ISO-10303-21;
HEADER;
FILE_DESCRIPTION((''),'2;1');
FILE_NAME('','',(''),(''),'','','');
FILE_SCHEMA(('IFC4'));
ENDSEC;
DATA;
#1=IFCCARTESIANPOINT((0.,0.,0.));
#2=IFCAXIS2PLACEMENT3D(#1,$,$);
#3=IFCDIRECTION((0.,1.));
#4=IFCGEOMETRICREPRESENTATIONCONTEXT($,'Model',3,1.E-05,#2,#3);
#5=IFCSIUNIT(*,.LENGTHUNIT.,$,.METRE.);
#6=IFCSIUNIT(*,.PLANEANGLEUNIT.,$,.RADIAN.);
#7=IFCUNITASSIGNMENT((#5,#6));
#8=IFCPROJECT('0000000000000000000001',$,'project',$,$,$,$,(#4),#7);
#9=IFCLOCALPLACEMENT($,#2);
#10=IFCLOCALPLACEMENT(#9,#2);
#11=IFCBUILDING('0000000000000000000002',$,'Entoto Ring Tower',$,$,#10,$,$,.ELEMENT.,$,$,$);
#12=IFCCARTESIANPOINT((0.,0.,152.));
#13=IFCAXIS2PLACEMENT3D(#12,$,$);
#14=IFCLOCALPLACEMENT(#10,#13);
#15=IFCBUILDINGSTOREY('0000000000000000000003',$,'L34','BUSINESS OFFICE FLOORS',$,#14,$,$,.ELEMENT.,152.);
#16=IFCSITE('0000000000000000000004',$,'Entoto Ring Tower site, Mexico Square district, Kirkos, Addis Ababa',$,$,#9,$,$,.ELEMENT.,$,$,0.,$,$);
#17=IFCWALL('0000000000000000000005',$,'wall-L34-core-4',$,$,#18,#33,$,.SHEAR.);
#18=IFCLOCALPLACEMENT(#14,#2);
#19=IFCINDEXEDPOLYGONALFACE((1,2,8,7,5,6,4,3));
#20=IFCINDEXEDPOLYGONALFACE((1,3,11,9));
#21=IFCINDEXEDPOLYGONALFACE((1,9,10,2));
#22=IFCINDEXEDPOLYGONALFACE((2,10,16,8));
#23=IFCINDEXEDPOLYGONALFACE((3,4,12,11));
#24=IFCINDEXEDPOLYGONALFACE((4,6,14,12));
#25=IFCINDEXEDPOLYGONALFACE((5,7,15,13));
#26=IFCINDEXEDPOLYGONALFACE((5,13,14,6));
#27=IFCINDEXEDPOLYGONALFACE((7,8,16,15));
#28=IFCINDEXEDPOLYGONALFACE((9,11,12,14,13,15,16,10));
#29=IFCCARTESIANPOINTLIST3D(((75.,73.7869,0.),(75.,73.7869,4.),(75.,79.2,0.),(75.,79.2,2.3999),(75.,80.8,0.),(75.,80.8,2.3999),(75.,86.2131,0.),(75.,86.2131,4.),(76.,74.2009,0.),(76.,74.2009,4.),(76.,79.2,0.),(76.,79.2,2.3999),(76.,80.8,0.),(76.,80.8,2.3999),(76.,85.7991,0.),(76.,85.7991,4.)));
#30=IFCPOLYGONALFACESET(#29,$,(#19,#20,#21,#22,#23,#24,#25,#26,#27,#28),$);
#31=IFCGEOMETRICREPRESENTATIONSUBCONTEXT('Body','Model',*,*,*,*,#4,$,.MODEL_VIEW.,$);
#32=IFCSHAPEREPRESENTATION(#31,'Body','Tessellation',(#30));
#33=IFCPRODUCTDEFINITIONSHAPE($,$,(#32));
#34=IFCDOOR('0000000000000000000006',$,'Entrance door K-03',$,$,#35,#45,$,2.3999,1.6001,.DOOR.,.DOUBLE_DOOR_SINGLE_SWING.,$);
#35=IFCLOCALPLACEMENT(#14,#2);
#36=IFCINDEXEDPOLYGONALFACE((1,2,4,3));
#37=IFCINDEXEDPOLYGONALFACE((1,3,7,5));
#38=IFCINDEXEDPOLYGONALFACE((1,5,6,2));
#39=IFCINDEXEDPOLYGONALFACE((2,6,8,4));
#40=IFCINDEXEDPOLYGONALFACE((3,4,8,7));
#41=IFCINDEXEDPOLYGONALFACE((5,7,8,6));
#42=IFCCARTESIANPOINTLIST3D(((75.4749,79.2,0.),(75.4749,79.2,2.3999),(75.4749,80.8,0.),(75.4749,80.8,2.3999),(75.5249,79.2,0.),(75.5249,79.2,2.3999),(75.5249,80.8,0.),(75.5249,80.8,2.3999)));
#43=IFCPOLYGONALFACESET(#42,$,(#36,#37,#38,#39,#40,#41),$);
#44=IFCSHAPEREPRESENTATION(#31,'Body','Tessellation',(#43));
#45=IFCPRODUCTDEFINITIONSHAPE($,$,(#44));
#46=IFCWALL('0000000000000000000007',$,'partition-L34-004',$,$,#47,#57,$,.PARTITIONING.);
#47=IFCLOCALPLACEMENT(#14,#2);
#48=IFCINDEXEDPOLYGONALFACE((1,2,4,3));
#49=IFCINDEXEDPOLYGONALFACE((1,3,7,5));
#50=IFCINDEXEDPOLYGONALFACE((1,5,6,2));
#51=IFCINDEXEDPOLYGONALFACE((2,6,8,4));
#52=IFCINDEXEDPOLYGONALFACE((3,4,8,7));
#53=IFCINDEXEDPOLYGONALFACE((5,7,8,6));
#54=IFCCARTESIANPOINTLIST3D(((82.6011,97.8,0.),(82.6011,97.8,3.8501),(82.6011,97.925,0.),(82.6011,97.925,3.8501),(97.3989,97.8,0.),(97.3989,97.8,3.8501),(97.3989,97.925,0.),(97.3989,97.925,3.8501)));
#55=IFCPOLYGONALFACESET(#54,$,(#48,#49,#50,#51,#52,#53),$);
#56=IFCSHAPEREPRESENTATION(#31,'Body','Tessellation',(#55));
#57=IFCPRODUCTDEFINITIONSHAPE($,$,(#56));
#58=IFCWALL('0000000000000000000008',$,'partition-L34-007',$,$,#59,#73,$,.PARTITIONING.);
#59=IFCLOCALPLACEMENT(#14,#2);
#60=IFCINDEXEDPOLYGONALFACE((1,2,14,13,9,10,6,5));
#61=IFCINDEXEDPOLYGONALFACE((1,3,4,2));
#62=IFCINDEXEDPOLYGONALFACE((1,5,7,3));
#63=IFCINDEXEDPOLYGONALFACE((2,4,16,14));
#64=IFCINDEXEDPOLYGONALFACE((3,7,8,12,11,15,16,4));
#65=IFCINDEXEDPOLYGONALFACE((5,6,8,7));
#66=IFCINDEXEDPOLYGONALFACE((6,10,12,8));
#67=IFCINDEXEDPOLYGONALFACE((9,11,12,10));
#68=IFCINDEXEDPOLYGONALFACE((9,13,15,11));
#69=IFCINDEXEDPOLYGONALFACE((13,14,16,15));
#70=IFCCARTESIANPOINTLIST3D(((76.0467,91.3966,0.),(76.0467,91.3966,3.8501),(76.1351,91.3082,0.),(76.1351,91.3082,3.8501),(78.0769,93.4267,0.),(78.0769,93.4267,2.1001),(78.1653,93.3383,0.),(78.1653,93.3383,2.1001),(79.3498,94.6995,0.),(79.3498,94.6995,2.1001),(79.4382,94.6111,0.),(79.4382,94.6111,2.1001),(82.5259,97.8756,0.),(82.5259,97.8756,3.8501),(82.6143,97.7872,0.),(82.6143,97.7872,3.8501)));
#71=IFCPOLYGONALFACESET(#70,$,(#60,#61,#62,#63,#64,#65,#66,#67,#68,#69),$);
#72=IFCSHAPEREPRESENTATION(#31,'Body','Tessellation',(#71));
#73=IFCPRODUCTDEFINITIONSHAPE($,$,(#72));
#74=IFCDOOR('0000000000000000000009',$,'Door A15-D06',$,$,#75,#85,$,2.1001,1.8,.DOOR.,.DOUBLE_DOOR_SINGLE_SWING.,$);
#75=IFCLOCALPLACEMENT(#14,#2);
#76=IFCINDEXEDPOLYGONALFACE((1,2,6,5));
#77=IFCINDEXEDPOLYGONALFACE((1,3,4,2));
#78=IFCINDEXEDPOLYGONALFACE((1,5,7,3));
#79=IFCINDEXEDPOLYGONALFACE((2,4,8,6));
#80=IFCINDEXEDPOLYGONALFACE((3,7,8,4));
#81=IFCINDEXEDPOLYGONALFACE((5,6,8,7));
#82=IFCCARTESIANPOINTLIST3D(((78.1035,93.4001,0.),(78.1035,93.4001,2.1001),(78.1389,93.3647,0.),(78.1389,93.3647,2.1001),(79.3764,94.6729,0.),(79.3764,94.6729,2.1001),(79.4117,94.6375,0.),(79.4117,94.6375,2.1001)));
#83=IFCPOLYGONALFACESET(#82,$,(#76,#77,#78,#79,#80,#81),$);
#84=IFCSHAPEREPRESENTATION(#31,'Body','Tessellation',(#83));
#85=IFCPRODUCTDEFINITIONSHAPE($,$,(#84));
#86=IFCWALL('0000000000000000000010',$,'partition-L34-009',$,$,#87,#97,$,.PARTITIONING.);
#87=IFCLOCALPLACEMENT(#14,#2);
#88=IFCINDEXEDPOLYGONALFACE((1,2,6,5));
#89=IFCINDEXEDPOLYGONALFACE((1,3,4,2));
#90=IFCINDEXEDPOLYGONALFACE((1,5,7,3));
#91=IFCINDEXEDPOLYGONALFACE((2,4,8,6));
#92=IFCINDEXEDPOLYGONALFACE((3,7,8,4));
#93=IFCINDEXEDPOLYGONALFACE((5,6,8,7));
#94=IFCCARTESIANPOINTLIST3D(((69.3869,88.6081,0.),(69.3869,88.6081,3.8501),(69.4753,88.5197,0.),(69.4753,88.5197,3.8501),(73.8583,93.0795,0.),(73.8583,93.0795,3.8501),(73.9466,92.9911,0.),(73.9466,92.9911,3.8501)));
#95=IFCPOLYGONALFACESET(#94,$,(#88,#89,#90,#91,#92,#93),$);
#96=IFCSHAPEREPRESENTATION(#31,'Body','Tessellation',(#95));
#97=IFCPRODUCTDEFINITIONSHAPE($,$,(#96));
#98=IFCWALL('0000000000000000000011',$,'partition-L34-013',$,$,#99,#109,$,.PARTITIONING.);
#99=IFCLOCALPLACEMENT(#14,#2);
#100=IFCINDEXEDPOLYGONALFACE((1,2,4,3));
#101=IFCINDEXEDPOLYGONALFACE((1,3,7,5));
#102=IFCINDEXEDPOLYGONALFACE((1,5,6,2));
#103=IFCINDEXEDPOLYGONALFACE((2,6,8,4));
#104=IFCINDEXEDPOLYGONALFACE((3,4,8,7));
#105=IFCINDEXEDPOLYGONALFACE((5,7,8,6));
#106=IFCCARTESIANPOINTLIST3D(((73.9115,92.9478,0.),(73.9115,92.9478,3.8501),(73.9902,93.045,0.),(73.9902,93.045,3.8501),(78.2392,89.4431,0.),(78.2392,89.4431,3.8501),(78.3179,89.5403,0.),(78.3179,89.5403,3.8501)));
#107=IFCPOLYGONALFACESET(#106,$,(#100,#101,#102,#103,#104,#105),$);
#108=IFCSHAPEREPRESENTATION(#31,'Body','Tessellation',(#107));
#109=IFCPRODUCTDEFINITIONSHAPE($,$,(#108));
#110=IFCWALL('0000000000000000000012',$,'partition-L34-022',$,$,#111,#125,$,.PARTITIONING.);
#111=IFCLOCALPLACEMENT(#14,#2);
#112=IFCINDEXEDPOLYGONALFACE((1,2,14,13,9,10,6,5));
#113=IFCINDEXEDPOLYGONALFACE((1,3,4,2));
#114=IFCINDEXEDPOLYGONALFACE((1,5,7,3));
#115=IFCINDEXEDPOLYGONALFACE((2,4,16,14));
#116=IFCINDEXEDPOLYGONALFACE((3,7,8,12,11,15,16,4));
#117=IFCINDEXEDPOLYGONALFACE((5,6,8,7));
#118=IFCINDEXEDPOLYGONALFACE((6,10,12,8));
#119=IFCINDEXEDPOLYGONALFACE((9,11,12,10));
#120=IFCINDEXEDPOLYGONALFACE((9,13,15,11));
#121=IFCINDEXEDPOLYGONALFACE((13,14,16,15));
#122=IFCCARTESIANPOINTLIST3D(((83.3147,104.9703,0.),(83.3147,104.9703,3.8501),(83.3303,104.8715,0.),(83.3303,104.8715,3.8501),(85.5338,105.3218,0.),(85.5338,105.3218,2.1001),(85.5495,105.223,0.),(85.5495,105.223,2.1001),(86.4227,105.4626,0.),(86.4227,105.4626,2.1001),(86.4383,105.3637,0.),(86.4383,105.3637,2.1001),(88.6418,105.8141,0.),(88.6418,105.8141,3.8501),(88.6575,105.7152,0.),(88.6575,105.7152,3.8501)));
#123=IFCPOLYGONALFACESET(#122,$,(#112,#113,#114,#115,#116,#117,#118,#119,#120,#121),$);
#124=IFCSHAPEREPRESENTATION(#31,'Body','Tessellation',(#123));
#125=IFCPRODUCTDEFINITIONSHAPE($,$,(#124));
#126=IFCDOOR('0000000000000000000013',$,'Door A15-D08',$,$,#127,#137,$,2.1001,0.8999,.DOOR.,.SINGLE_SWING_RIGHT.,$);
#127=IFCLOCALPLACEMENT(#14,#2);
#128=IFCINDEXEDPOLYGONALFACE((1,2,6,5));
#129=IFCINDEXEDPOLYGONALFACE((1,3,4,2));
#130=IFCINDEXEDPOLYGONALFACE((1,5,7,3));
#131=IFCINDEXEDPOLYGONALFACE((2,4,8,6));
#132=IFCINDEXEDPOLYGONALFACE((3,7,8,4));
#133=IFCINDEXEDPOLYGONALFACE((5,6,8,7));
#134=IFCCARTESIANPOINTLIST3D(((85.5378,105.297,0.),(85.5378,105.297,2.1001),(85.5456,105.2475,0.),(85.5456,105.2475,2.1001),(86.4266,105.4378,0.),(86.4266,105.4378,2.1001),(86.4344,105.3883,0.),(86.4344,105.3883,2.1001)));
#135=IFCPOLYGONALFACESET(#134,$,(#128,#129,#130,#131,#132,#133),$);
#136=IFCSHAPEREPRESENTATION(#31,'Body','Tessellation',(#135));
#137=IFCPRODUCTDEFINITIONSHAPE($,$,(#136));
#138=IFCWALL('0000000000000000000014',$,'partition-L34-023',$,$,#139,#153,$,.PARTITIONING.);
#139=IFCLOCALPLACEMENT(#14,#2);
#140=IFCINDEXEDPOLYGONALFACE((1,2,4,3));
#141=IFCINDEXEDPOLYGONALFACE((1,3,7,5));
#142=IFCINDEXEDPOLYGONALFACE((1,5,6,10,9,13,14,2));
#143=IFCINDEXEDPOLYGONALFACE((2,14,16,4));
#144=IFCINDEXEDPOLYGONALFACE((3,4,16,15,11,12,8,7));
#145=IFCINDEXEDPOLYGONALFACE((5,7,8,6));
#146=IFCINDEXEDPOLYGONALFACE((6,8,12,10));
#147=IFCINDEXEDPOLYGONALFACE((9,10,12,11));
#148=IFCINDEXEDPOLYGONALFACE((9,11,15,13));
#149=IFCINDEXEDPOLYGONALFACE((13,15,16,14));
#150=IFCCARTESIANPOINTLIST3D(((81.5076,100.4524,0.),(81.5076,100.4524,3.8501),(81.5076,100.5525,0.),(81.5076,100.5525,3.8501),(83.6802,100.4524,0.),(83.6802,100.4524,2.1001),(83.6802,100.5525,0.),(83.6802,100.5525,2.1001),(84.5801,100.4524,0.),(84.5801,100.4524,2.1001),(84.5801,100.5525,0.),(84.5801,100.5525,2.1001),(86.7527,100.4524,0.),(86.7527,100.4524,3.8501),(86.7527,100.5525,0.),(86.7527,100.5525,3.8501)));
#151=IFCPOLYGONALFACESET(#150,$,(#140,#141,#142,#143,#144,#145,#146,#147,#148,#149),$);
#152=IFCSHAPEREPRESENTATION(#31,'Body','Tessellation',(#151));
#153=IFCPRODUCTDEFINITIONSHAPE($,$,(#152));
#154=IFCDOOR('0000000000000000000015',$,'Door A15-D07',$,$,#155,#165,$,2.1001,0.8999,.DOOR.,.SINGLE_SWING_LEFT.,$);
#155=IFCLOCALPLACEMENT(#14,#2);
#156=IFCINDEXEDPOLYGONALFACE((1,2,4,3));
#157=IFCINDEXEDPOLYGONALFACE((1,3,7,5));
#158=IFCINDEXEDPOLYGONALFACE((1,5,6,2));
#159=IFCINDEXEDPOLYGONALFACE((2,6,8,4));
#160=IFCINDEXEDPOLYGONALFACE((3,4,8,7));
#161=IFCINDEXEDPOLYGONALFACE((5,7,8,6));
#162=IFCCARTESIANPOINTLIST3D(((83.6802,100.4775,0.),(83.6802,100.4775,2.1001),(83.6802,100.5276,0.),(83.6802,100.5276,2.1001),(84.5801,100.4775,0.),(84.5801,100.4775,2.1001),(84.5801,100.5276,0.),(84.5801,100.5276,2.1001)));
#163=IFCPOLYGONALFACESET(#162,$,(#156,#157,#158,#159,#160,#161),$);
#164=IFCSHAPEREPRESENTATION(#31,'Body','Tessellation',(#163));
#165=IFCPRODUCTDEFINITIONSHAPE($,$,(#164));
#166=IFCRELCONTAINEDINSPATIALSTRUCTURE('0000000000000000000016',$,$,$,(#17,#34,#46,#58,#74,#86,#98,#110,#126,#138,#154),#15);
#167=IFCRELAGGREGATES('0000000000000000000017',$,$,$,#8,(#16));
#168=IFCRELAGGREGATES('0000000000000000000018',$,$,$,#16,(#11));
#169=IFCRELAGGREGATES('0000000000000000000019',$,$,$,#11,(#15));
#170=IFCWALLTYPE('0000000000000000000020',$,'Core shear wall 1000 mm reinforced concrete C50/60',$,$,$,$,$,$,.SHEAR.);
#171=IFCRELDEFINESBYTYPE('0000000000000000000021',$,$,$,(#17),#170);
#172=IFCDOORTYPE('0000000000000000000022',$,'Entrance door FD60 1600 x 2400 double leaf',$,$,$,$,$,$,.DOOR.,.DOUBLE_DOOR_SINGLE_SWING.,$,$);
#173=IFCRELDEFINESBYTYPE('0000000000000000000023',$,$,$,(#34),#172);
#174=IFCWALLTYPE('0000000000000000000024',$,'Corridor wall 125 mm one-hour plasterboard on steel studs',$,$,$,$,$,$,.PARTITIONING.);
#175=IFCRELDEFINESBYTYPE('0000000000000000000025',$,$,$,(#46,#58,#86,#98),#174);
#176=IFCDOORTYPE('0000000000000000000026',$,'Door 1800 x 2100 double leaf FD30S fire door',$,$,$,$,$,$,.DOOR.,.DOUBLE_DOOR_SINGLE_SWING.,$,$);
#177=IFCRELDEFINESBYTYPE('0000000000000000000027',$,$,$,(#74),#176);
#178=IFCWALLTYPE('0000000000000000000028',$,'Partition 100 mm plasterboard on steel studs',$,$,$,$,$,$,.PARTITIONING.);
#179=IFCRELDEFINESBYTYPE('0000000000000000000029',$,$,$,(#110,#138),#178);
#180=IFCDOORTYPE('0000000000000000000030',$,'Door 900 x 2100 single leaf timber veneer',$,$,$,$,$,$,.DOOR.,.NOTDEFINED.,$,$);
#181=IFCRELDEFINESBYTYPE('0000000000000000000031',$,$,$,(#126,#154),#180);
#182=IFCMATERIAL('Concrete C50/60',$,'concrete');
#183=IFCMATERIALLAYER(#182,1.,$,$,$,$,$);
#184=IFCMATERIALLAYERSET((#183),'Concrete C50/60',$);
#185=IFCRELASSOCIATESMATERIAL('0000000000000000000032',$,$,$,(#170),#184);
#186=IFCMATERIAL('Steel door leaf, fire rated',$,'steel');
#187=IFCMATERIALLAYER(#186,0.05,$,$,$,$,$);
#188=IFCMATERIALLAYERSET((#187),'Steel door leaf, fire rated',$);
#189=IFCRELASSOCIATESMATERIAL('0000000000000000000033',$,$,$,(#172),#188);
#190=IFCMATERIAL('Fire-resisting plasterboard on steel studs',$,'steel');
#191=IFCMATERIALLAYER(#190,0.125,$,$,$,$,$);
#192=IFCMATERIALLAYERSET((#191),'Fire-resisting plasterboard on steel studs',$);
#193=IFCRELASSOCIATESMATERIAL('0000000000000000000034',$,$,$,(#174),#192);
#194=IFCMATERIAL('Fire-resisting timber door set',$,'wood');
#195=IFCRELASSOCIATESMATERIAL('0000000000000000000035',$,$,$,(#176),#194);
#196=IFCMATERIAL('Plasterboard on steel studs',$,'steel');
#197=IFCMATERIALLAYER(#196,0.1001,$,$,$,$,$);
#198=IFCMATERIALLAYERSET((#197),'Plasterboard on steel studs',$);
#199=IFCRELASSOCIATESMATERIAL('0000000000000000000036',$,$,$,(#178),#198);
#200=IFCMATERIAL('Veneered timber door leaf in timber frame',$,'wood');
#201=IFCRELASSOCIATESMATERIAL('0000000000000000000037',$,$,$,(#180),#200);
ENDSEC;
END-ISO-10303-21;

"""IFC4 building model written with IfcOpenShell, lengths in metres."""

from ifc_helpers import new_model, si_unit, direction, frame, frame_2d, origin, place, context, subcontext, project, spatial, polyline, rectangle, outline, extrude, material, layer, layer_set, type_object, element, fill, save


model = new_model("IFC4")

# Units and contexts
model_context = context("Model", 3, precision=1e-05, world=origin(), true_north=direction((0.0, 1.0)))
body_context = subcontext(model_context, "Body", "Model", "MODEL_VIEW")
ifc_project = project(units=[si_unit("LENGTHUNIT", "METRE"), si_unit("PLANEANGLEUNIT", "RADIAN")], contexts=[model_context])

# Site, building, storey
site_placement = place(None, origin())
site = spatial("IfcSite", under=ifc_project, at=site_placement, Name="Entoto Ring Tower site, Mexico Square district, Kirkos, Addis Ababa", CompositionType="ELEMENT", RefElevation=0.0)
building_placement = place(site_placement, origin())
building = spatial("IfcBuilding", under=site, at=building_placement, Name="Entoto Ring Tower", CompositionType="ELEMENT")
storey_placement = place(building_placement, frame((0.0, 0.0, 152.0)))
storey = spatial("IfcBuildingStorey", under=building, at=storey_placement, Name="L34", Description="BUSINESS OFFICE FLOORS", CompositionType="ELEMENT", Elevation=152.0)

# Shared definitions
ifc_material_1 = material(Name="Concrete C50/60", Category="concrete")
ifc_layer_1 = layer(ifc_material_1, 1.0)
ifc_layer_set_1 = layer_set([ifc_layer_1], Name="Concrete C50/60")
wall_type_1 = type_object("IfcWallType", Name="Core shear wall 1000 mm reinforced concrete C50/60", PredefinedType="SHEAR", material=ifc_layer_set_1)

# Wall, opening, door
wall_1_placement = place(storey_placement, frame((75.5, 86.0061, 0.0), z_axis=(0.0, 0.0, 1.0), x_axis=(0.0, -1.0, 0.0)))
wall_1 = element("IfcWall", 1, at=wall_1_placement, inside=storey, type_object=wall_type_1, Name="wall-L34-core-4", PredefinedType="SHEAR", context=body_context, shape_type="SweptSolid", body=[
    extrude(outline(polyline([(-0.207, -0.5), (12.2192, -0.5), (11.8052, 0.5), (0.207, 0.5), (-0.207, -0.5)])), origin(), (0.0, 0.0, 1.0), 4.0),
])
opening_1_placement = place(wall_1_placement, frame((5.2061, 0.0, 0.0)))
opening_1 = element("IfcOpeningElement", 2, at=opening_1_placement, cuts=wall_1, PredefinedType="OPENING", context=body_context, shape_type="SweptSolid", body=[
    extrude(rectangle(XDim=1.6001, YDim=2.3999, at=frame_2d((0.8, 1.2))), frame((0.0, 0.51, 0.0), z_axis=(0.0, -1.0, 0.0), x_axis=(1.0, 0.0, 0.0)), (0.0, 0.0, 1.0), 1.02),
])
ifc_material_2 = material(Name="Steel door leaf, fire rated", Category="steel")
ifc_layer_2 = layer(ifc_material_2, 0.05)
ifc_layer_set_2 = layer_set([ifc_layer_2], Name="Steel door leaf, fire rated")
door_type_1 = type_object("IfcDoorType", Name="Entrance door FD60 1600 x 2400 double leaf", OperationType="DOUBLE_DOOR_SINGLE_SWING", PredefinedType="DOOR", material=ifc_layer_set_2)
door_1_placement = place(opening_1_placement, origin())
door_1 = element("IfcDoor", 3, at=door_1_placement, inside=storey, type_object=door_type_1, Name="Entrance door K-03", OperationType="DOUBLE_DOOR_SINGLE_SWING", OverallHeight=2.3999, OverallWidth=1.6001, PredefinedType="DOOR", context=body_context, shape_type="SweptSolid", body=[
    extrude(rectangle(XDim=1.6001, YDim=2.3999, at=frame_2d((0.8, 1.2))), frame((0.0, 0.0249, 0.0), z_axis=(0.0, -1.0, 0.0), x_axis=(1.0, 0.0, 0.0)), (0.0, 0.0, 1.0), 0.05),
])
fill(opening_1, door_1)

# Wall
ifc_material_3 = material(Name="Fire-resisting plasterboard on steel studs", Category="steel")
ifc_layer_3 = layer(ifc_material_3, 0.125)
ifc_layer_set_3 = layer_set([ifc_layer_3], Name="Fire-resisting plasterboard on steel studs")
wall_type_2 = type_object("IfcWallType", Name="Corridor wall 125 mm one-hour plasterboard on steel studs", PredefinedType="PARTITIONING", material=ifc_layer_set_3)
wall_2_placement = place(storey_placement, frame((82.6011, 97.8625, 0.0), z_axis=(0.0, 0.0, 1.0), x_axis=(1.0, 0.0, 0.0)))
element("IfcWall", 4, at=wall_2_placement, inside=storey, type_object=wall_type_2, Name="partition-L34-004", PredefinedType="PARTITIONING", context=body_context, shape_type="SweptSolid", body=[
    extrude(rectangle(XDim=14.7979, YDim=0.125, at=frame_2d((7.3989, 0.0))), origin(), (0.0, 0.0, 1.0), 3.8501),
])

# Wall, opening, door
wall_3_placement = place(storey_placement, frame((76.0908, 91.3523, 0.0), z_axis=(0.0, 0.0, 1.0), x_axis=(0.70712, 0.707093, 0.0)))
wall_3 = element("IfcWall", 5, at=wall_3_placement, inside=storey, type_object=wall_type_2, Name="partition-L34-007", PredefinedType="PARTITIONING", context=body_context, shape_type="SweptSolid", body=[
    extrude(rectangle(XDim=9.1628, YDim=0.125, at=frame_2d((4.5815, 0.0))), origin(), (0.0, 0.0, 1.0), 3.8501),
])
opening_2_placement = place(wall_3_placement, frame((2.8713, 0.0, 0.0)))
opening_2 = element("IfcOpeningElement", 6, at=opening_2_placement, cuts=wall_3, PredefinedType="OPENING", context=body_context, shape_type="SweptSolid", body=[
    extrude(rectangle(XDim=1.8, YDim=2.1001, at=frame_2d((0.8999, 1.05))), frame((0.0, 0.0725, 0.0), z_axis=(0.0, -1.0, 0.0), x_axis=(1.0, 0.0, 0.0)), (0.0, 0.0, 1.0), 0.145),
])
ifc_material_4 = material(Name="Fire-resisting timber door set", Category="wood")
door_type_2 = type_object("IfcDoorType", Name="Door 1800 x 2100 double leaf FD30S fire door", OperationType="DOUBLE_DOOR_SINGLE_SWING", PredefinedType="DOOR", material=ifc_material_4)
door_2_placement = place(opening_2_placement, origin())
door_2 = element("IfcDoor", 7, at=door_2_placement, inside=storey, type_object=door_type_2, Name="Door A15-D06", OperationType="DOUBLE_DOOR_SINGLE_SWING", OverallHeight=2.1001, OverallWidth=1.8, PredefinedType="DOOR", context=body_context, shape_type="SweptSolid", body=[
    extrude(rectangle(XDim=1.8, YDim=2.1001, at=frame_2d((0.8999, 1.05))), frame((0.0, 0.0249, 0.0), z_axis=(0.0, -1.0, 0.0), x_axis=(1.0, 0.0, 0.0)), (0.0, 0.0, 1.0), 0.05),
])
fill(opening_2, door_2)

# Walls
wall_4_placement = place(storey_placement, frame((69.4312, 88.564, 0.0), z_axis=(0.0, 0.0, 1.0), x_axis=(0.707107, 0.707107, 0.0)))
element("IfcWall", 8, at=wall_4_placement, inside=storey, type_object=wall_type_2, Name="partition-L34-009", PredefinedType="PARTITIONING", context=body_context, shape_type="SweptSolid", body=[
    extrude(rectangle(XDim=6.3235, YDim=0.125, at=frame_2d((3.1616, 0.0))), origin(), (0.0, 0.0, 1.0), 3.8501),
])
wall_5_placement = place(storey_placement, frame((78.2786, 89.4917, 0.0), z_axis=(0.0, 0.0, 1.0), x_axis=(-0.777129, 0.629341, 0.0)))
element("IfcWall", 9, at=wall_5_placement, inside=storey, type_object=wall_type_2, Name="partition-L34-013", PredefinedType="PARTITIONING", context=body_context, shape_type="SweptSolid", body=[
    extrude(rectangle(XDim=5.5688, YDim=0.125, at=frame_2d((2.7844, 0.0))), origin(), (0.0, 0.0, 1.0), 3.8501),
])

# Walls, openings, doors
ifc_material_5 = material(Name="Plasterboard on steel studs", Category="steel")
ifc_layer_4 = layer(ifc_material_5, 0.1001)
ifc_layer_set_4 = layer_set([ifc_layer_4], Name="Plasterboard on steel studs")
wall_type_3 = type_object("IfcWallType", Name="Partition 100 mm plasterboard on steel studs", PredefinedType="PARTITIONING", material=ifc_layer_set_4)
wall_6_placement = place(storey_placement, frame((83.3225, 104.9209, 0.0), z_axis=(0.0, 0.0, 1.0), x_axis=(0.987688, 0.156437, 0.0)))
wall_6 = element("IfcWall", 10, at=wall_6_placement, inside=storey, type_object=wall_type_3, Name="partition-L34-022", PredefinedType="PARTITIONING", context=body_context, shape_type="SweptSolid", body=[
    extrude(rectangle(XDim=5.3936, YDim=0.1001, at=frame_2d((2.6968, 0.0))), origin(), (0.0, 0.0, 1.0), 3.8501),
])
opening_3_placement = place(wall_6_placement, frame((2.2468, 0.0, 0.0)))
opening_3 = element("IfcOpeningElement", 11, at=opening_3_placement, cuts=wall_6, PredefinedType="OPENING", context=body_context, shape_type="SweptSolid", body=[
    extrude(rectangle(XDim=0.8999, YDim=2.1001, at=frame_2d((0.45, 1.05))), frame((0.0, 0.0601, 0.0), z_axis=(0.0, -1.0, 0.0), x_axis=(1.0, 0.0, 0.0)), (0.0, 0.0, 1.0), 0.1201),
])
ifc_material_6 = material(Name="Veneered timber door leaf in timber frame", Category="wood")
door_type_3 = type_object("IfcDoorType", Name="Door 900 x 2100 single leaf timber veneer", OperationType="NOTDEFINED", PredefinedType="DOOR", material=ifc_material_6)
door_3_placement = place(opening_3_placement, origin())
door_3 = element("IfcDoor", 12, at=door_3_placement, inside=storey, type_object=door_type_3, Name="Door A15-D08", OperationType="SINGLE_SWING_RIGHT", OverallHeight=2.1001, OverallWidth=0.8999, PredefinedType="DOOR", context=body_context, shape_type="SweptSolid", body=[
    extrude(rectangle(XDim=0.8999, YDim=2.1001, at=frame_2d((0.45, 1.05))), frame((0.0, 0.0249, 0.0), z_axis=(0.0, -1.0, 0.0), x_axis=(1.0, 0.0, 0.0)), (0.0, 0.0, 1.0), 0.05),
])
fill(opening_3, door_3)
wall_7_placement = place(storey_placement, frame((81.5076, 100.5024, 0.0), z_axis=(0.0, 0.0, 1.0), x_axis=(1.0, 0.0, 0.0)))
wall_7 = element("IfcWall", 13, at=wall_7_placement, inside=storey, type_object=wall_type_3, Name="partition-L34-023", PredefinedType="PARTITIONING", context=body_context, shape_type="SweptSolid", body=[
    extrude(rectangle(XDim=5.2451, YDim=0.1001, at=frame_2d((2.6226, 0.0))), origin(), (0.0, 0.0, 1.0), 3.8501),
])
opening_4_placement = place(wall_7_placement, frame((2.1726, 0.0, 0.0)))
opening_4 = element("IfcOpeningElement", 14, at=opening_4_placement, cuts=wall_7, PredefinedType="OPENING", context=body_context, shape_type="SweptSolid", body=[
    extrude(rectangle(XDim=0.8999, YDim=2.1001, at=frame_2d((0.45, 1.05))), frame((0.0, 0.0601, 0.0), z_axis=(0.0, -1.0, 0.0), x_axis=(1.0, 0.0, 0.0)), (0.0, 0.0, 1.0), 0.1201),
])
door_4_placement = place(opening_4_placement, frame((0.8999, 0.0, 0.0), z_axis=(0.0, 0.0, 1.0), x_axis=(-1.0, 0.0, 0.0)))
door_4 = element("IfcDoor", 15, at=door_4_placement, inside=storey, type_object=door_type_3, Name="Door A15-D07", OperationType="SINGLE_SWING_LEFT", OverallHeight=2.1001, OverallWidth=0.8999, PredefinedType="DOOR", context=body_context, shape_type="SweptSolid", body=[
    extrude(rectangle(XDim=0.8999, YDim=2.1001, at=frame_2d((0.45, 1.05))), frame((0.0, 0.0249, 0.0), z_axis=(0.0, -1.0, 0.0), x_axis=(1.0, 0.0, 0.0)), (0.0, 0.0, 1.0), 0.05),
])
fill(opening_4, door_4)

save(model, "model.ifc")
